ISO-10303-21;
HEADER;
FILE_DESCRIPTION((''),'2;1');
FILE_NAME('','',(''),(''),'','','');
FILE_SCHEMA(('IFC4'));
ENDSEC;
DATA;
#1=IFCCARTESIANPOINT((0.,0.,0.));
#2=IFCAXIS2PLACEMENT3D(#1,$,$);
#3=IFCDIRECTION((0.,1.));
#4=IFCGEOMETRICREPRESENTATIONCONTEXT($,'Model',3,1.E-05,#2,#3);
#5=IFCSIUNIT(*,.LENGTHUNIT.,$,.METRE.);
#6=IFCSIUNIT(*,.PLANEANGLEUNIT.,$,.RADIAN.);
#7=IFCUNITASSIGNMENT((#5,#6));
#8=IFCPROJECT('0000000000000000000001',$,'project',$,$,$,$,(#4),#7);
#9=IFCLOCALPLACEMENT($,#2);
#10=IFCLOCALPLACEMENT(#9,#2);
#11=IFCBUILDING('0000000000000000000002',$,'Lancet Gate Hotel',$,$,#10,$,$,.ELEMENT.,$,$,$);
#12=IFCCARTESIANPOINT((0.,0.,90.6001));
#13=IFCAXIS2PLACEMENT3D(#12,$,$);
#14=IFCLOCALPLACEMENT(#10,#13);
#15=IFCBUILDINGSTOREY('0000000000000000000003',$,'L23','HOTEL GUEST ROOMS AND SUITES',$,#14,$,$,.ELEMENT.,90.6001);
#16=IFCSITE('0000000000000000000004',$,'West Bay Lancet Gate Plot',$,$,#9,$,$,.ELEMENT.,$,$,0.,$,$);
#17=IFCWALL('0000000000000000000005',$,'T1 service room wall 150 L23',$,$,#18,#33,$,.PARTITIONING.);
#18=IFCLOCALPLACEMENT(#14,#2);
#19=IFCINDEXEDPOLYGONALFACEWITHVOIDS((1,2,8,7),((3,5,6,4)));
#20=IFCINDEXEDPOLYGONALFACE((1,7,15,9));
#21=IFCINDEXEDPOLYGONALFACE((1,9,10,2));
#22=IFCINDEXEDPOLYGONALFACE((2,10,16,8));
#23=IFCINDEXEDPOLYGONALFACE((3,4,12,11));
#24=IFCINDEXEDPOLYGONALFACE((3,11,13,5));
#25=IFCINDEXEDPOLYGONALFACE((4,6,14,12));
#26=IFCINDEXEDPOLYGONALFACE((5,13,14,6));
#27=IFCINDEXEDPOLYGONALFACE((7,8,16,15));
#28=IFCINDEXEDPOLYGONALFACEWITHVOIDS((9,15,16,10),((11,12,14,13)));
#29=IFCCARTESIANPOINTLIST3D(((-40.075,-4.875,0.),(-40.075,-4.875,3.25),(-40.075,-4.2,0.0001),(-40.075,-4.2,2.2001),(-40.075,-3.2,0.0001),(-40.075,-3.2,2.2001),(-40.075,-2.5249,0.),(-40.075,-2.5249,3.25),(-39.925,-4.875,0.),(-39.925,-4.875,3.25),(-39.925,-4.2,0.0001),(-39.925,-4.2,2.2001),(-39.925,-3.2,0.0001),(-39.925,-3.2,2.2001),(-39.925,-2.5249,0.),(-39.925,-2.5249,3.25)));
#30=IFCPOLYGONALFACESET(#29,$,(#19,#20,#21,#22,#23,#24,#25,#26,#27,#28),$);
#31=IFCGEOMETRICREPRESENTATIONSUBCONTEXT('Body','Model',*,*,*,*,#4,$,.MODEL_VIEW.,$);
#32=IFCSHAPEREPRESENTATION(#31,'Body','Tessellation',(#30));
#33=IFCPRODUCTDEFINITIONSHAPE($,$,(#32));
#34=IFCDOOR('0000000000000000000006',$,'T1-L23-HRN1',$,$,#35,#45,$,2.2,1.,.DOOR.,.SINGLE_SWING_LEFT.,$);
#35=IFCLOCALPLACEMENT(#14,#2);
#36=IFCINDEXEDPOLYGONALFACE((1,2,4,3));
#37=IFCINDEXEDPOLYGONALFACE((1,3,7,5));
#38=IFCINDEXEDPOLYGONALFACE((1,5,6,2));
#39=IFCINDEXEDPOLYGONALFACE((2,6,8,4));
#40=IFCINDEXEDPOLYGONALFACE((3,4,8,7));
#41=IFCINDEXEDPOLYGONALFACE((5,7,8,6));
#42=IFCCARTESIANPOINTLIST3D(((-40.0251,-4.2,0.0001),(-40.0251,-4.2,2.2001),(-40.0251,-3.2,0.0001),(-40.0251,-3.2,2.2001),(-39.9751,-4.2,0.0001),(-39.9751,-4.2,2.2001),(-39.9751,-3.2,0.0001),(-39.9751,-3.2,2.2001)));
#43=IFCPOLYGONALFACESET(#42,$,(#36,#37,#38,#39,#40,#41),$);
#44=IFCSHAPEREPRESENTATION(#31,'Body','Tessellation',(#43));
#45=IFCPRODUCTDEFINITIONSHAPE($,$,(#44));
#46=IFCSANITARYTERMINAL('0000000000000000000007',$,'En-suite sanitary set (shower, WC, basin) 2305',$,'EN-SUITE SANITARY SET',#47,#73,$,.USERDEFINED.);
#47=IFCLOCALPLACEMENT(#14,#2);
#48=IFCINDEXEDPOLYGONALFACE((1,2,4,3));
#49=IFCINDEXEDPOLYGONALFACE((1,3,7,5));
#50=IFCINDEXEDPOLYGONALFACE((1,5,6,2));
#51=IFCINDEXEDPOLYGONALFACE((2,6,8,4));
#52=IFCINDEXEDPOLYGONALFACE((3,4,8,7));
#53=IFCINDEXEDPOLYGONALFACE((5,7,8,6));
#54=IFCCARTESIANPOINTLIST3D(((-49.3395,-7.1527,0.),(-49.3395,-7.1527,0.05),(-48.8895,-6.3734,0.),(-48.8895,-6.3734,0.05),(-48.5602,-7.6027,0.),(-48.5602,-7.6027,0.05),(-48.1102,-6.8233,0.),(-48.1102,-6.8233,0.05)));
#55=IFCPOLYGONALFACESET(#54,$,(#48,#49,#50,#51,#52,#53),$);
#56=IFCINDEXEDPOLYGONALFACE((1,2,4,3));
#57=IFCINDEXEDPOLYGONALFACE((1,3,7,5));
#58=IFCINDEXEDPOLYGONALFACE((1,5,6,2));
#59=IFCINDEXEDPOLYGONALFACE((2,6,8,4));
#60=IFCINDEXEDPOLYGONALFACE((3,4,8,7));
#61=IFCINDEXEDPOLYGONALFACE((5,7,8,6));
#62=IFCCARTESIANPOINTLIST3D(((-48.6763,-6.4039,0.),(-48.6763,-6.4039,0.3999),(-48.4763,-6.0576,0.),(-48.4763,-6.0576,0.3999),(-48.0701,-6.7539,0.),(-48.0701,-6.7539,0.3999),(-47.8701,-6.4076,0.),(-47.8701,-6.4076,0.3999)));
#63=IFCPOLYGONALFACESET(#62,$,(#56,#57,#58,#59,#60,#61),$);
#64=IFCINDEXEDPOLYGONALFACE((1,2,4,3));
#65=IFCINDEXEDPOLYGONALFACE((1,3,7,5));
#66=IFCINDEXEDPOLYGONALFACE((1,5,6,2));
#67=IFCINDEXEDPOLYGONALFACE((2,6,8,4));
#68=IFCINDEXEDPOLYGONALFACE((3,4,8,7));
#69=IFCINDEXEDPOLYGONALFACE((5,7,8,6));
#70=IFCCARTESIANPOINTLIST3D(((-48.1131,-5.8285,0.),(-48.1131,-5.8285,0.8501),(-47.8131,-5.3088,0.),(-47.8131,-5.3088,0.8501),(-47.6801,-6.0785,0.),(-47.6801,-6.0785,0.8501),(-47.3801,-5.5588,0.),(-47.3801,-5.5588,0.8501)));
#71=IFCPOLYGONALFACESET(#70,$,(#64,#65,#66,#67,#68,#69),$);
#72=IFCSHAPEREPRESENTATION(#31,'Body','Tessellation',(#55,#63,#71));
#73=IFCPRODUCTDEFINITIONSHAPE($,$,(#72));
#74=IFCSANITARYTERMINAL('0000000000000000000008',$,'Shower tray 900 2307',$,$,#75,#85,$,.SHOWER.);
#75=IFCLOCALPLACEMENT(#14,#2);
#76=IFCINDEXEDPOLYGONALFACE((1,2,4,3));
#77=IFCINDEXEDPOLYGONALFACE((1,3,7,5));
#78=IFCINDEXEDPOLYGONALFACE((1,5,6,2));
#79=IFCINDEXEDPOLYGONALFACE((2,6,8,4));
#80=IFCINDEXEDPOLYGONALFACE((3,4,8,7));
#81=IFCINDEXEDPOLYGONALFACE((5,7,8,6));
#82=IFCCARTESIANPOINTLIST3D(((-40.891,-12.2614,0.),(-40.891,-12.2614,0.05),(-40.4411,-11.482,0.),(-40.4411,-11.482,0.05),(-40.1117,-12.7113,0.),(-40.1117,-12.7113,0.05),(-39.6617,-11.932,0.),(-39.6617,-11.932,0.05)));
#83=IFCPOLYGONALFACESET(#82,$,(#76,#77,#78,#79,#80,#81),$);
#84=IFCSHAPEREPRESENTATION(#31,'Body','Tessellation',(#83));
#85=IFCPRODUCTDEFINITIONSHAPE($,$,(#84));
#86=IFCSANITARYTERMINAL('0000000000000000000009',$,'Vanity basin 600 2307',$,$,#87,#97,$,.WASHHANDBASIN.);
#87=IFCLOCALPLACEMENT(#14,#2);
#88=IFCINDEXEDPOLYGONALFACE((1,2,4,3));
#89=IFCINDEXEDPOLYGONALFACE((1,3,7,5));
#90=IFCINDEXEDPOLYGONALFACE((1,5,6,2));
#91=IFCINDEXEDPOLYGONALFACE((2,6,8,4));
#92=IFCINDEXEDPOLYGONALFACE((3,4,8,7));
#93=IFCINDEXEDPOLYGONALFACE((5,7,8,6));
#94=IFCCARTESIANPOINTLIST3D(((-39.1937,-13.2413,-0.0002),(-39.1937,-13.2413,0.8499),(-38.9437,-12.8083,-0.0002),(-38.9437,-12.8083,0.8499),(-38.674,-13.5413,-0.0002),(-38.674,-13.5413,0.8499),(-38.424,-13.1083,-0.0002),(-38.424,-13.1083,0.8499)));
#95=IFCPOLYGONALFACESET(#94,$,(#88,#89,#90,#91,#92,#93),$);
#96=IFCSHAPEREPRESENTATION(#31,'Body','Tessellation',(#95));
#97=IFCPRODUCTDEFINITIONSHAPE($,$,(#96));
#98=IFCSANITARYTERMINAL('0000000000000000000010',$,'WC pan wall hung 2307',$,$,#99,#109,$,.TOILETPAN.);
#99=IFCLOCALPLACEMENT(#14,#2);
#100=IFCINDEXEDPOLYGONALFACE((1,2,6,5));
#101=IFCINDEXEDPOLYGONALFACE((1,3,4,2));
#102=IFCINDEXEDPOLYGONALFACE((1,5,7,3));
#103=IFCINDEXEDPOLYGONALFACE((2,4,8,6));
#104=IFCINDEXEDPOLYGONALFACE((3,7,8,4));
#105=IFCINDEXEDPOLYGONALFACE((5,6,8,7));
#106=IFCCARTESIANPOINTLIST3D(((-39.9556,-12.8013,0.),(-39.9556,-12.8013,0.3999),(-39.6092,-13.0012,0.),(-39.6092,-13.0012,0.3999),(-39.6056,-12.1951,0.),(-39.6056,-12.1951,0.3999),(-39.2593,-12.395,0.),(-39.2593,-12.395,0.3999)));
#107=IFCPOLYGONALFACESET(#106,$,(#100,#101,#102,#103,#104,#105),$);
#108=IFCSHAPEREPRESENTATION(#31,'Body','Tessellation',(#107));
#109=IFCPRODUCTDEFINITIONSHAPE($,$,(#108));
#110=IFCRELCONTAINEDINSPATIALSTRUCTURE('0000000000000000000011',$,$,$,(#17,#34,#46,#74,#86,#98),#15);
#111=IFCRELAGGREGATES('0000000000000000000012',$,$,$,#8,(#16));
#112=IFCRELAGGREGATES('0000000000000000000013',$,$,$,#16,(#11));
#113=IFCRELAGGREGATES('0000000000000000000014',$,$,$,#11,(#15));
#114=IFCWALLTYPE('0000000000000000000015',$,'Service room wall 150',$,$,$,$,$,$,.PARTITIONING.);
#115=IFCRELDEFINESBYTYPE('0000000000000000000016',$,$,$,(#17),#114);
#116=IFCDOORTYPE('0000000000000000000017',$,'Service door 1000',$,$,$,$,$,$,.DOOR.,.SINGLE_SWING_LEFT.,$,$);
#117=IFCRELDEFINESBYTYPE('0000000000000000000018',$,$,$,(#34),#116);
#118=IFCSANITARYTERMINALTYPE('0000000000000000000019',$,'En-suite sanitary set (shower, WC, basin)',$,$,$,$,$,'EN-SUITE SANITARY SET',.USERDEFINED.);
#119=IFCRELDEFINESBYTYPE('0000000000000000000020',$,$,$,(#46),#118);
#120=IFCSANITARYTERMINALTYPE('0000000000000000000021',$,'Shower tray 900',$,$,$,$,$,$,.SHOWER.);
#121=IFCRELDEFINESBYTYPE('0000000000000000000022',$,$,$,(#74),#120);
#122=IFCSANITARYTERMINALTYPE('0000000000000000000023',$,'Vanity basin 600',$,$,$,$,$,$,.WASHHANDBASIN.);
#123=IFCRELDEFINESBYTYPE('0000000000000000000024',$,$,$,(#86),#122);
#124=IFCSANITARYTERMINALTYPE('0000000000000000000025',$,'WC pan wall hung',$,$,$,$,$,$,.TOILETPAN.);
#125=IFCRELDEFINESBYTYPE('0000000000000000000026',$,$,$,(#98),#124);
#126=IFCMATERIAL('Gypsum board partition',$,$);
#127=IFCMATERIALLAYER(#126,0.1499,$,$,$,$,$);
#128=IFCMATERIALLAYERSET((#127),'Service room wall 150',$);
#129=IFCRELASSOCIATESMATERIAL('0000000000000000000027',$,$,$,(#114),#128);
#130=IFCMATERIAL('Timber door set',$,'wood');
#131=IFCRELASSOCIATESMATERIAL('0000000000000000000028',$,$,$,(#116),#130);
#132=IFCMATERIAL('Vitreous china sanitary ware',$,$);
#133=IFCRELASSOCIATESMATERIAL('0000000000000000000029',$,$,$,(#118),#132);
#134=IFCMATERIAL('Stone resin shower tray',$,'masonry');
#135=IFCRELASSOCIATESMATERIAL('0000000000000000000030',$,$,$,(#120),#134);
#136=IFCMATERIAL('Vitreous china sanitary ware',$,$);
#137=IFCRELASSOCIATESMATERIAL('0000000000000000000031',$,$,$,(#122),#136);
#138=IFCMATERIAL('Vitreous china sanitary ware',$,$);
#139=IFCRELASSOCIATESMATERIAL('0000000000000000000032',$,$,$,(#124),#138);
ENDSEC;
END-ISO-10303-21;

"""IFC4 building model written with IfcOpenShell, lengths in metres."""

from ifc_helpers import new_model, si_unit, direction, frame, frame_2d, origin, origin_2d, place, context, subcontext, project, spatial, rectangle, extrude, material, layer, layer_set, type_object, element, fill, save


model = new_model("IFC4")

# Units and contexts
model_context = context("Model", 3, precision=1e-05, world=origin(), true_north=direction((0.0, 1.0)))
body_context = subcontext(model_context, "Body", "Model", "MODEL_VIEW")
ifc_project = project(units=[si_unit("LENGTHUNIT", "METRE"), si_unit("PLANEANGLEUNIT", "RADIAN")], contexts=[model_context])

# Site, building, storey
site_placement = place(None, origin())
site = spatial("IfcSite", under=ifc_project, at=site_placement, Name="West Bay Lancet Gate Plot", CompositionType="ELEMENT", RefElevation=0.0)
building_placement = place(site_placement, origin())
building = spatial("IfcBuilding", under=site, at=building_placement, Name="Lancet Gate Hotel", CompositionType="ELEMENT")
storey_placement = place(building_placement, frame((0.0, 0.0, 90.6001)))
storey = spatial("IfcBuildingStorey", under=building, at=storey_placement, Name="L23", Description="HOTEL GUEST ROOMS AND SUITES", CompositionType="ELEMENT", Elevation=90.6001)

# Wall, opening, door
ifc_material_1 = material(Name="Gypsum board partition")
ifc_layer_1 = layer(ifc_material_1, 0.1499)
ifc_layer_set_1 = layer_set([ifc_layer_1], Name="Service room wall 150")
wall_type_1 = type_object("IfcWallType", Name="Service room wall 150", PredefinedType="PARTITIONING", material=ifc_layer_set_1)
ifc_material_2 = material(Name="Timber door set", Category="wood")
door_type_1 = type_object("IfcDoorType", Name="Service door 1000", OperationType="SINGLE_SWING_LEFT", PredefinedType="DOOR", material=ifc_material_2)
wall_1_placement = place(storey_placement, frame((-40.0, -2.5249, 0.0), z_axis=(0.0, 0.0, 1.0), x_axis=(0.0, -1.0, 0.0)))
wall_1 = element("IfcWall", 1, at=wall_1_placement, inside=storey, type_object=wall_type_1, Name="T1 service room wall 150 L23", PredefinedType="PARTITIONING", context=body_context, shape_type="SweptSolid", body=[
    extrude(rectangle(XDim=2.3501, YDim=0.1499, at=frame_2d((1.175, 0.0))), origin(), (0.0, 0.0, 1.0), 3.25),
])
opening_1_placement = place(wall_1_placement, frame((0.675, 0.0, 0.0)))
opening_1 = element("IfcOpeningElement", 2, at=opening_1_placement, cuts=wall_1, PredefinedType="OPENING", context=body_context, shape_type="SweptSolid", body=[
    extrude(rectangle(XDim=1.0, YDim=2.2, at=frame_2d((0.5, 1.1001))), frame((0.0, 0.085, 0.0), z_axis=(0.0, -1.0, 0.0), x_axis=(1.0, 0.0, 0.0)), (0.0, 0.0, 1.0), 0.1699),
])
door_1_placement = place(opening_1_placement, origin())
door_1 = element("IfcDoor", 3, at=door_1_placement, inside=storey, type_object=door_type_1, Name="T1-L23-HRN1", OperationType="SINGLE_SWING_LEFT", OverallHeight=2.2, OverallWidth=1.0, PredefinedType="DOOR", context=body_context, shape_type="SweptSolid", body=[
    extrude(rectangle(XDim=1.0, YDim=2.2, at=frame_2d((0.5, 1.1001))), frame((0.0, 0.0249, 0.0), z_axis=(0.0, -1.0, 0.0), x_axis=(1.0, 0.0, 0.0)), (0.0, 0.0, 1.0), 0.05),
])
fill(opening_1, door_1)

# Sanitary terminals
ifc_material_3 = material(Name="Vitreous china sanitary ware")
sanitary_terminal_type_1 = type_object("IfcSanitaryTerminalType", Name="En-suite sanitary set (shower, WC, basin)", ElementType="EN-SUITE SANITARY SET", PredefinedType="USERDEFINED", material=ifc_material_3)
sanitary_terminal_1_placement = place(storey_placement, frame((-48.7249, -6.988, 0.0), z_axis=(0.0, 0.0, 1.0), x_axis=(1.0, 0.0, 0.0)))
element("IfcSanitaryTerminal", 4, at=sanitary_terminal_1_placement, inside=storey, type_object=sanitary_terminal_type_1, Name="En-suite sanitary set (shower, WC, basin) 2305", ObjectType="EN-SUITE SANITARY SET", PredefinedType="USERDEFINED", context=body_context, shape_type="SweptSolid", body=[
    extrude(rectangle(XDim=0.8999, YDim=0.8999, at=origin_2d()), frame((0.0, 0.0, 0.0), z_axis=(0.0, 0.0, 1.0), x_axis=(-0.5, -0.866025, 0.0)), (0.0, 0.0, 1.0), 0.05),
    extrude(rectangle(XDim=0.3999, YDim=0.7, at=origin_2d()), frame((0.4517, 0.5823, 0.0), z_axis=(0.0, 0.0, 1.0), x_axis=(-0.5, -0.866025, 0.0)), (0.0, 0.0, 1.0), 0.3999),
    extrude(rectangle(XDim=0.6001, YDim=0.5, at=origin_2d()), frame((0.9783, 1.2944, 0.0), z_axis=(0.0, 0.0, 1.0), x_axis=(-0.5, -0.866025, 0.0)), (0.0, 0.0, 1.0), 0.8501),
])
ifc_material_4 = material(Name="Stone resin shower tray", Category="masonry")
sanitary_terminal_type_2 = type_object("IfcSanitaryTerminalType", Name="Shower tray 900", PredefinedType="SHOWER", material=ifc_material_4)
sanitary_terminal_2_placement = place(storey_placement, frame((-40.2764, -12.0967, 0.0), z_axis=(0.0, 0.0, 1.0), x_axis=(-0.866025, 0.5, 0.0)))
element("IfcSanitaryTerminal", 5, at=sanitary_terminal_2_placement, inside=storey, type_object=sanitary_terminal_type_2, Name="Shower tray 900 2307", PredefinedType="SHOWER", context=body_context, shape_type="SweptSolid", body=[
    extrude(rectangle(XDim=0.8999, YDim=0.8999, at=origin_2d()), origin(), (0.0, 0.0, 1.0), 0.05),
])
ifc_material_5 = material(Name="Vitreous china sanitary ware")
sanitary_terminal_type_3 = type_object("IfcSanitaryTerminalType", Name="Vanity basin 600", PredefinedType="WASHHANDBASIN", material=ifc_material_5)
sanitary_terminal_3_placement = place(storey_placement, frame((-38.8088, -13.1748, -0.0002), z_axis=(0.0, 0.0, 1.0), x_axis=(-0.866025, 0.5, 0.0)))
element("IfcSanitaryTerminal", 6, at=sanitary_terminal_3_placement, inside=storey, type_object=sanitary_terminal_type_3, Name="Vanity basin 600 2307", PredefinedType="WASHHANDBASIN", context=body_context, shape_type="SweptSolid", body=[
    extrude(rectangle(XDim=0.6001, YDim=0.5, at=origin_2d()), origin(), (0.0, 0.0, 1.0), 0.8501),
])
ifc_material_6 = material(Name="Vitreous china sanitary ware")
sanitary_terminal_type_4 = type_object("IfcSanitaryTerminalType", Name="WC pan wall hung", PredefinedType="TOILETPAN", material=ifc_material_6)
sanitary_terminal_4_placement = place(storey_placement, frame((-39.6074, -12.5981, 0.0), z_axis=(0.0, 0.0, 1.0), x_axis=(-0.866025, 0.5, 0.0)))
element("IfcSanitaryTerminal", 7, at=sanitary_terminal_4_placement, inside=storey, type_object=sanitary_terminal_type_4, Name="WC pan wall hung 2307", PredefinedType="TOILETPAN", context=body_context, shape_type="SweptSolid", body=[
    extrude(rectangle(XDim=0.3999, YDim=0.7, at=origin_2d()), origin(), (0.0, 0.0, 1.0), 0.3999),
])

save(model, "model.ifc")
